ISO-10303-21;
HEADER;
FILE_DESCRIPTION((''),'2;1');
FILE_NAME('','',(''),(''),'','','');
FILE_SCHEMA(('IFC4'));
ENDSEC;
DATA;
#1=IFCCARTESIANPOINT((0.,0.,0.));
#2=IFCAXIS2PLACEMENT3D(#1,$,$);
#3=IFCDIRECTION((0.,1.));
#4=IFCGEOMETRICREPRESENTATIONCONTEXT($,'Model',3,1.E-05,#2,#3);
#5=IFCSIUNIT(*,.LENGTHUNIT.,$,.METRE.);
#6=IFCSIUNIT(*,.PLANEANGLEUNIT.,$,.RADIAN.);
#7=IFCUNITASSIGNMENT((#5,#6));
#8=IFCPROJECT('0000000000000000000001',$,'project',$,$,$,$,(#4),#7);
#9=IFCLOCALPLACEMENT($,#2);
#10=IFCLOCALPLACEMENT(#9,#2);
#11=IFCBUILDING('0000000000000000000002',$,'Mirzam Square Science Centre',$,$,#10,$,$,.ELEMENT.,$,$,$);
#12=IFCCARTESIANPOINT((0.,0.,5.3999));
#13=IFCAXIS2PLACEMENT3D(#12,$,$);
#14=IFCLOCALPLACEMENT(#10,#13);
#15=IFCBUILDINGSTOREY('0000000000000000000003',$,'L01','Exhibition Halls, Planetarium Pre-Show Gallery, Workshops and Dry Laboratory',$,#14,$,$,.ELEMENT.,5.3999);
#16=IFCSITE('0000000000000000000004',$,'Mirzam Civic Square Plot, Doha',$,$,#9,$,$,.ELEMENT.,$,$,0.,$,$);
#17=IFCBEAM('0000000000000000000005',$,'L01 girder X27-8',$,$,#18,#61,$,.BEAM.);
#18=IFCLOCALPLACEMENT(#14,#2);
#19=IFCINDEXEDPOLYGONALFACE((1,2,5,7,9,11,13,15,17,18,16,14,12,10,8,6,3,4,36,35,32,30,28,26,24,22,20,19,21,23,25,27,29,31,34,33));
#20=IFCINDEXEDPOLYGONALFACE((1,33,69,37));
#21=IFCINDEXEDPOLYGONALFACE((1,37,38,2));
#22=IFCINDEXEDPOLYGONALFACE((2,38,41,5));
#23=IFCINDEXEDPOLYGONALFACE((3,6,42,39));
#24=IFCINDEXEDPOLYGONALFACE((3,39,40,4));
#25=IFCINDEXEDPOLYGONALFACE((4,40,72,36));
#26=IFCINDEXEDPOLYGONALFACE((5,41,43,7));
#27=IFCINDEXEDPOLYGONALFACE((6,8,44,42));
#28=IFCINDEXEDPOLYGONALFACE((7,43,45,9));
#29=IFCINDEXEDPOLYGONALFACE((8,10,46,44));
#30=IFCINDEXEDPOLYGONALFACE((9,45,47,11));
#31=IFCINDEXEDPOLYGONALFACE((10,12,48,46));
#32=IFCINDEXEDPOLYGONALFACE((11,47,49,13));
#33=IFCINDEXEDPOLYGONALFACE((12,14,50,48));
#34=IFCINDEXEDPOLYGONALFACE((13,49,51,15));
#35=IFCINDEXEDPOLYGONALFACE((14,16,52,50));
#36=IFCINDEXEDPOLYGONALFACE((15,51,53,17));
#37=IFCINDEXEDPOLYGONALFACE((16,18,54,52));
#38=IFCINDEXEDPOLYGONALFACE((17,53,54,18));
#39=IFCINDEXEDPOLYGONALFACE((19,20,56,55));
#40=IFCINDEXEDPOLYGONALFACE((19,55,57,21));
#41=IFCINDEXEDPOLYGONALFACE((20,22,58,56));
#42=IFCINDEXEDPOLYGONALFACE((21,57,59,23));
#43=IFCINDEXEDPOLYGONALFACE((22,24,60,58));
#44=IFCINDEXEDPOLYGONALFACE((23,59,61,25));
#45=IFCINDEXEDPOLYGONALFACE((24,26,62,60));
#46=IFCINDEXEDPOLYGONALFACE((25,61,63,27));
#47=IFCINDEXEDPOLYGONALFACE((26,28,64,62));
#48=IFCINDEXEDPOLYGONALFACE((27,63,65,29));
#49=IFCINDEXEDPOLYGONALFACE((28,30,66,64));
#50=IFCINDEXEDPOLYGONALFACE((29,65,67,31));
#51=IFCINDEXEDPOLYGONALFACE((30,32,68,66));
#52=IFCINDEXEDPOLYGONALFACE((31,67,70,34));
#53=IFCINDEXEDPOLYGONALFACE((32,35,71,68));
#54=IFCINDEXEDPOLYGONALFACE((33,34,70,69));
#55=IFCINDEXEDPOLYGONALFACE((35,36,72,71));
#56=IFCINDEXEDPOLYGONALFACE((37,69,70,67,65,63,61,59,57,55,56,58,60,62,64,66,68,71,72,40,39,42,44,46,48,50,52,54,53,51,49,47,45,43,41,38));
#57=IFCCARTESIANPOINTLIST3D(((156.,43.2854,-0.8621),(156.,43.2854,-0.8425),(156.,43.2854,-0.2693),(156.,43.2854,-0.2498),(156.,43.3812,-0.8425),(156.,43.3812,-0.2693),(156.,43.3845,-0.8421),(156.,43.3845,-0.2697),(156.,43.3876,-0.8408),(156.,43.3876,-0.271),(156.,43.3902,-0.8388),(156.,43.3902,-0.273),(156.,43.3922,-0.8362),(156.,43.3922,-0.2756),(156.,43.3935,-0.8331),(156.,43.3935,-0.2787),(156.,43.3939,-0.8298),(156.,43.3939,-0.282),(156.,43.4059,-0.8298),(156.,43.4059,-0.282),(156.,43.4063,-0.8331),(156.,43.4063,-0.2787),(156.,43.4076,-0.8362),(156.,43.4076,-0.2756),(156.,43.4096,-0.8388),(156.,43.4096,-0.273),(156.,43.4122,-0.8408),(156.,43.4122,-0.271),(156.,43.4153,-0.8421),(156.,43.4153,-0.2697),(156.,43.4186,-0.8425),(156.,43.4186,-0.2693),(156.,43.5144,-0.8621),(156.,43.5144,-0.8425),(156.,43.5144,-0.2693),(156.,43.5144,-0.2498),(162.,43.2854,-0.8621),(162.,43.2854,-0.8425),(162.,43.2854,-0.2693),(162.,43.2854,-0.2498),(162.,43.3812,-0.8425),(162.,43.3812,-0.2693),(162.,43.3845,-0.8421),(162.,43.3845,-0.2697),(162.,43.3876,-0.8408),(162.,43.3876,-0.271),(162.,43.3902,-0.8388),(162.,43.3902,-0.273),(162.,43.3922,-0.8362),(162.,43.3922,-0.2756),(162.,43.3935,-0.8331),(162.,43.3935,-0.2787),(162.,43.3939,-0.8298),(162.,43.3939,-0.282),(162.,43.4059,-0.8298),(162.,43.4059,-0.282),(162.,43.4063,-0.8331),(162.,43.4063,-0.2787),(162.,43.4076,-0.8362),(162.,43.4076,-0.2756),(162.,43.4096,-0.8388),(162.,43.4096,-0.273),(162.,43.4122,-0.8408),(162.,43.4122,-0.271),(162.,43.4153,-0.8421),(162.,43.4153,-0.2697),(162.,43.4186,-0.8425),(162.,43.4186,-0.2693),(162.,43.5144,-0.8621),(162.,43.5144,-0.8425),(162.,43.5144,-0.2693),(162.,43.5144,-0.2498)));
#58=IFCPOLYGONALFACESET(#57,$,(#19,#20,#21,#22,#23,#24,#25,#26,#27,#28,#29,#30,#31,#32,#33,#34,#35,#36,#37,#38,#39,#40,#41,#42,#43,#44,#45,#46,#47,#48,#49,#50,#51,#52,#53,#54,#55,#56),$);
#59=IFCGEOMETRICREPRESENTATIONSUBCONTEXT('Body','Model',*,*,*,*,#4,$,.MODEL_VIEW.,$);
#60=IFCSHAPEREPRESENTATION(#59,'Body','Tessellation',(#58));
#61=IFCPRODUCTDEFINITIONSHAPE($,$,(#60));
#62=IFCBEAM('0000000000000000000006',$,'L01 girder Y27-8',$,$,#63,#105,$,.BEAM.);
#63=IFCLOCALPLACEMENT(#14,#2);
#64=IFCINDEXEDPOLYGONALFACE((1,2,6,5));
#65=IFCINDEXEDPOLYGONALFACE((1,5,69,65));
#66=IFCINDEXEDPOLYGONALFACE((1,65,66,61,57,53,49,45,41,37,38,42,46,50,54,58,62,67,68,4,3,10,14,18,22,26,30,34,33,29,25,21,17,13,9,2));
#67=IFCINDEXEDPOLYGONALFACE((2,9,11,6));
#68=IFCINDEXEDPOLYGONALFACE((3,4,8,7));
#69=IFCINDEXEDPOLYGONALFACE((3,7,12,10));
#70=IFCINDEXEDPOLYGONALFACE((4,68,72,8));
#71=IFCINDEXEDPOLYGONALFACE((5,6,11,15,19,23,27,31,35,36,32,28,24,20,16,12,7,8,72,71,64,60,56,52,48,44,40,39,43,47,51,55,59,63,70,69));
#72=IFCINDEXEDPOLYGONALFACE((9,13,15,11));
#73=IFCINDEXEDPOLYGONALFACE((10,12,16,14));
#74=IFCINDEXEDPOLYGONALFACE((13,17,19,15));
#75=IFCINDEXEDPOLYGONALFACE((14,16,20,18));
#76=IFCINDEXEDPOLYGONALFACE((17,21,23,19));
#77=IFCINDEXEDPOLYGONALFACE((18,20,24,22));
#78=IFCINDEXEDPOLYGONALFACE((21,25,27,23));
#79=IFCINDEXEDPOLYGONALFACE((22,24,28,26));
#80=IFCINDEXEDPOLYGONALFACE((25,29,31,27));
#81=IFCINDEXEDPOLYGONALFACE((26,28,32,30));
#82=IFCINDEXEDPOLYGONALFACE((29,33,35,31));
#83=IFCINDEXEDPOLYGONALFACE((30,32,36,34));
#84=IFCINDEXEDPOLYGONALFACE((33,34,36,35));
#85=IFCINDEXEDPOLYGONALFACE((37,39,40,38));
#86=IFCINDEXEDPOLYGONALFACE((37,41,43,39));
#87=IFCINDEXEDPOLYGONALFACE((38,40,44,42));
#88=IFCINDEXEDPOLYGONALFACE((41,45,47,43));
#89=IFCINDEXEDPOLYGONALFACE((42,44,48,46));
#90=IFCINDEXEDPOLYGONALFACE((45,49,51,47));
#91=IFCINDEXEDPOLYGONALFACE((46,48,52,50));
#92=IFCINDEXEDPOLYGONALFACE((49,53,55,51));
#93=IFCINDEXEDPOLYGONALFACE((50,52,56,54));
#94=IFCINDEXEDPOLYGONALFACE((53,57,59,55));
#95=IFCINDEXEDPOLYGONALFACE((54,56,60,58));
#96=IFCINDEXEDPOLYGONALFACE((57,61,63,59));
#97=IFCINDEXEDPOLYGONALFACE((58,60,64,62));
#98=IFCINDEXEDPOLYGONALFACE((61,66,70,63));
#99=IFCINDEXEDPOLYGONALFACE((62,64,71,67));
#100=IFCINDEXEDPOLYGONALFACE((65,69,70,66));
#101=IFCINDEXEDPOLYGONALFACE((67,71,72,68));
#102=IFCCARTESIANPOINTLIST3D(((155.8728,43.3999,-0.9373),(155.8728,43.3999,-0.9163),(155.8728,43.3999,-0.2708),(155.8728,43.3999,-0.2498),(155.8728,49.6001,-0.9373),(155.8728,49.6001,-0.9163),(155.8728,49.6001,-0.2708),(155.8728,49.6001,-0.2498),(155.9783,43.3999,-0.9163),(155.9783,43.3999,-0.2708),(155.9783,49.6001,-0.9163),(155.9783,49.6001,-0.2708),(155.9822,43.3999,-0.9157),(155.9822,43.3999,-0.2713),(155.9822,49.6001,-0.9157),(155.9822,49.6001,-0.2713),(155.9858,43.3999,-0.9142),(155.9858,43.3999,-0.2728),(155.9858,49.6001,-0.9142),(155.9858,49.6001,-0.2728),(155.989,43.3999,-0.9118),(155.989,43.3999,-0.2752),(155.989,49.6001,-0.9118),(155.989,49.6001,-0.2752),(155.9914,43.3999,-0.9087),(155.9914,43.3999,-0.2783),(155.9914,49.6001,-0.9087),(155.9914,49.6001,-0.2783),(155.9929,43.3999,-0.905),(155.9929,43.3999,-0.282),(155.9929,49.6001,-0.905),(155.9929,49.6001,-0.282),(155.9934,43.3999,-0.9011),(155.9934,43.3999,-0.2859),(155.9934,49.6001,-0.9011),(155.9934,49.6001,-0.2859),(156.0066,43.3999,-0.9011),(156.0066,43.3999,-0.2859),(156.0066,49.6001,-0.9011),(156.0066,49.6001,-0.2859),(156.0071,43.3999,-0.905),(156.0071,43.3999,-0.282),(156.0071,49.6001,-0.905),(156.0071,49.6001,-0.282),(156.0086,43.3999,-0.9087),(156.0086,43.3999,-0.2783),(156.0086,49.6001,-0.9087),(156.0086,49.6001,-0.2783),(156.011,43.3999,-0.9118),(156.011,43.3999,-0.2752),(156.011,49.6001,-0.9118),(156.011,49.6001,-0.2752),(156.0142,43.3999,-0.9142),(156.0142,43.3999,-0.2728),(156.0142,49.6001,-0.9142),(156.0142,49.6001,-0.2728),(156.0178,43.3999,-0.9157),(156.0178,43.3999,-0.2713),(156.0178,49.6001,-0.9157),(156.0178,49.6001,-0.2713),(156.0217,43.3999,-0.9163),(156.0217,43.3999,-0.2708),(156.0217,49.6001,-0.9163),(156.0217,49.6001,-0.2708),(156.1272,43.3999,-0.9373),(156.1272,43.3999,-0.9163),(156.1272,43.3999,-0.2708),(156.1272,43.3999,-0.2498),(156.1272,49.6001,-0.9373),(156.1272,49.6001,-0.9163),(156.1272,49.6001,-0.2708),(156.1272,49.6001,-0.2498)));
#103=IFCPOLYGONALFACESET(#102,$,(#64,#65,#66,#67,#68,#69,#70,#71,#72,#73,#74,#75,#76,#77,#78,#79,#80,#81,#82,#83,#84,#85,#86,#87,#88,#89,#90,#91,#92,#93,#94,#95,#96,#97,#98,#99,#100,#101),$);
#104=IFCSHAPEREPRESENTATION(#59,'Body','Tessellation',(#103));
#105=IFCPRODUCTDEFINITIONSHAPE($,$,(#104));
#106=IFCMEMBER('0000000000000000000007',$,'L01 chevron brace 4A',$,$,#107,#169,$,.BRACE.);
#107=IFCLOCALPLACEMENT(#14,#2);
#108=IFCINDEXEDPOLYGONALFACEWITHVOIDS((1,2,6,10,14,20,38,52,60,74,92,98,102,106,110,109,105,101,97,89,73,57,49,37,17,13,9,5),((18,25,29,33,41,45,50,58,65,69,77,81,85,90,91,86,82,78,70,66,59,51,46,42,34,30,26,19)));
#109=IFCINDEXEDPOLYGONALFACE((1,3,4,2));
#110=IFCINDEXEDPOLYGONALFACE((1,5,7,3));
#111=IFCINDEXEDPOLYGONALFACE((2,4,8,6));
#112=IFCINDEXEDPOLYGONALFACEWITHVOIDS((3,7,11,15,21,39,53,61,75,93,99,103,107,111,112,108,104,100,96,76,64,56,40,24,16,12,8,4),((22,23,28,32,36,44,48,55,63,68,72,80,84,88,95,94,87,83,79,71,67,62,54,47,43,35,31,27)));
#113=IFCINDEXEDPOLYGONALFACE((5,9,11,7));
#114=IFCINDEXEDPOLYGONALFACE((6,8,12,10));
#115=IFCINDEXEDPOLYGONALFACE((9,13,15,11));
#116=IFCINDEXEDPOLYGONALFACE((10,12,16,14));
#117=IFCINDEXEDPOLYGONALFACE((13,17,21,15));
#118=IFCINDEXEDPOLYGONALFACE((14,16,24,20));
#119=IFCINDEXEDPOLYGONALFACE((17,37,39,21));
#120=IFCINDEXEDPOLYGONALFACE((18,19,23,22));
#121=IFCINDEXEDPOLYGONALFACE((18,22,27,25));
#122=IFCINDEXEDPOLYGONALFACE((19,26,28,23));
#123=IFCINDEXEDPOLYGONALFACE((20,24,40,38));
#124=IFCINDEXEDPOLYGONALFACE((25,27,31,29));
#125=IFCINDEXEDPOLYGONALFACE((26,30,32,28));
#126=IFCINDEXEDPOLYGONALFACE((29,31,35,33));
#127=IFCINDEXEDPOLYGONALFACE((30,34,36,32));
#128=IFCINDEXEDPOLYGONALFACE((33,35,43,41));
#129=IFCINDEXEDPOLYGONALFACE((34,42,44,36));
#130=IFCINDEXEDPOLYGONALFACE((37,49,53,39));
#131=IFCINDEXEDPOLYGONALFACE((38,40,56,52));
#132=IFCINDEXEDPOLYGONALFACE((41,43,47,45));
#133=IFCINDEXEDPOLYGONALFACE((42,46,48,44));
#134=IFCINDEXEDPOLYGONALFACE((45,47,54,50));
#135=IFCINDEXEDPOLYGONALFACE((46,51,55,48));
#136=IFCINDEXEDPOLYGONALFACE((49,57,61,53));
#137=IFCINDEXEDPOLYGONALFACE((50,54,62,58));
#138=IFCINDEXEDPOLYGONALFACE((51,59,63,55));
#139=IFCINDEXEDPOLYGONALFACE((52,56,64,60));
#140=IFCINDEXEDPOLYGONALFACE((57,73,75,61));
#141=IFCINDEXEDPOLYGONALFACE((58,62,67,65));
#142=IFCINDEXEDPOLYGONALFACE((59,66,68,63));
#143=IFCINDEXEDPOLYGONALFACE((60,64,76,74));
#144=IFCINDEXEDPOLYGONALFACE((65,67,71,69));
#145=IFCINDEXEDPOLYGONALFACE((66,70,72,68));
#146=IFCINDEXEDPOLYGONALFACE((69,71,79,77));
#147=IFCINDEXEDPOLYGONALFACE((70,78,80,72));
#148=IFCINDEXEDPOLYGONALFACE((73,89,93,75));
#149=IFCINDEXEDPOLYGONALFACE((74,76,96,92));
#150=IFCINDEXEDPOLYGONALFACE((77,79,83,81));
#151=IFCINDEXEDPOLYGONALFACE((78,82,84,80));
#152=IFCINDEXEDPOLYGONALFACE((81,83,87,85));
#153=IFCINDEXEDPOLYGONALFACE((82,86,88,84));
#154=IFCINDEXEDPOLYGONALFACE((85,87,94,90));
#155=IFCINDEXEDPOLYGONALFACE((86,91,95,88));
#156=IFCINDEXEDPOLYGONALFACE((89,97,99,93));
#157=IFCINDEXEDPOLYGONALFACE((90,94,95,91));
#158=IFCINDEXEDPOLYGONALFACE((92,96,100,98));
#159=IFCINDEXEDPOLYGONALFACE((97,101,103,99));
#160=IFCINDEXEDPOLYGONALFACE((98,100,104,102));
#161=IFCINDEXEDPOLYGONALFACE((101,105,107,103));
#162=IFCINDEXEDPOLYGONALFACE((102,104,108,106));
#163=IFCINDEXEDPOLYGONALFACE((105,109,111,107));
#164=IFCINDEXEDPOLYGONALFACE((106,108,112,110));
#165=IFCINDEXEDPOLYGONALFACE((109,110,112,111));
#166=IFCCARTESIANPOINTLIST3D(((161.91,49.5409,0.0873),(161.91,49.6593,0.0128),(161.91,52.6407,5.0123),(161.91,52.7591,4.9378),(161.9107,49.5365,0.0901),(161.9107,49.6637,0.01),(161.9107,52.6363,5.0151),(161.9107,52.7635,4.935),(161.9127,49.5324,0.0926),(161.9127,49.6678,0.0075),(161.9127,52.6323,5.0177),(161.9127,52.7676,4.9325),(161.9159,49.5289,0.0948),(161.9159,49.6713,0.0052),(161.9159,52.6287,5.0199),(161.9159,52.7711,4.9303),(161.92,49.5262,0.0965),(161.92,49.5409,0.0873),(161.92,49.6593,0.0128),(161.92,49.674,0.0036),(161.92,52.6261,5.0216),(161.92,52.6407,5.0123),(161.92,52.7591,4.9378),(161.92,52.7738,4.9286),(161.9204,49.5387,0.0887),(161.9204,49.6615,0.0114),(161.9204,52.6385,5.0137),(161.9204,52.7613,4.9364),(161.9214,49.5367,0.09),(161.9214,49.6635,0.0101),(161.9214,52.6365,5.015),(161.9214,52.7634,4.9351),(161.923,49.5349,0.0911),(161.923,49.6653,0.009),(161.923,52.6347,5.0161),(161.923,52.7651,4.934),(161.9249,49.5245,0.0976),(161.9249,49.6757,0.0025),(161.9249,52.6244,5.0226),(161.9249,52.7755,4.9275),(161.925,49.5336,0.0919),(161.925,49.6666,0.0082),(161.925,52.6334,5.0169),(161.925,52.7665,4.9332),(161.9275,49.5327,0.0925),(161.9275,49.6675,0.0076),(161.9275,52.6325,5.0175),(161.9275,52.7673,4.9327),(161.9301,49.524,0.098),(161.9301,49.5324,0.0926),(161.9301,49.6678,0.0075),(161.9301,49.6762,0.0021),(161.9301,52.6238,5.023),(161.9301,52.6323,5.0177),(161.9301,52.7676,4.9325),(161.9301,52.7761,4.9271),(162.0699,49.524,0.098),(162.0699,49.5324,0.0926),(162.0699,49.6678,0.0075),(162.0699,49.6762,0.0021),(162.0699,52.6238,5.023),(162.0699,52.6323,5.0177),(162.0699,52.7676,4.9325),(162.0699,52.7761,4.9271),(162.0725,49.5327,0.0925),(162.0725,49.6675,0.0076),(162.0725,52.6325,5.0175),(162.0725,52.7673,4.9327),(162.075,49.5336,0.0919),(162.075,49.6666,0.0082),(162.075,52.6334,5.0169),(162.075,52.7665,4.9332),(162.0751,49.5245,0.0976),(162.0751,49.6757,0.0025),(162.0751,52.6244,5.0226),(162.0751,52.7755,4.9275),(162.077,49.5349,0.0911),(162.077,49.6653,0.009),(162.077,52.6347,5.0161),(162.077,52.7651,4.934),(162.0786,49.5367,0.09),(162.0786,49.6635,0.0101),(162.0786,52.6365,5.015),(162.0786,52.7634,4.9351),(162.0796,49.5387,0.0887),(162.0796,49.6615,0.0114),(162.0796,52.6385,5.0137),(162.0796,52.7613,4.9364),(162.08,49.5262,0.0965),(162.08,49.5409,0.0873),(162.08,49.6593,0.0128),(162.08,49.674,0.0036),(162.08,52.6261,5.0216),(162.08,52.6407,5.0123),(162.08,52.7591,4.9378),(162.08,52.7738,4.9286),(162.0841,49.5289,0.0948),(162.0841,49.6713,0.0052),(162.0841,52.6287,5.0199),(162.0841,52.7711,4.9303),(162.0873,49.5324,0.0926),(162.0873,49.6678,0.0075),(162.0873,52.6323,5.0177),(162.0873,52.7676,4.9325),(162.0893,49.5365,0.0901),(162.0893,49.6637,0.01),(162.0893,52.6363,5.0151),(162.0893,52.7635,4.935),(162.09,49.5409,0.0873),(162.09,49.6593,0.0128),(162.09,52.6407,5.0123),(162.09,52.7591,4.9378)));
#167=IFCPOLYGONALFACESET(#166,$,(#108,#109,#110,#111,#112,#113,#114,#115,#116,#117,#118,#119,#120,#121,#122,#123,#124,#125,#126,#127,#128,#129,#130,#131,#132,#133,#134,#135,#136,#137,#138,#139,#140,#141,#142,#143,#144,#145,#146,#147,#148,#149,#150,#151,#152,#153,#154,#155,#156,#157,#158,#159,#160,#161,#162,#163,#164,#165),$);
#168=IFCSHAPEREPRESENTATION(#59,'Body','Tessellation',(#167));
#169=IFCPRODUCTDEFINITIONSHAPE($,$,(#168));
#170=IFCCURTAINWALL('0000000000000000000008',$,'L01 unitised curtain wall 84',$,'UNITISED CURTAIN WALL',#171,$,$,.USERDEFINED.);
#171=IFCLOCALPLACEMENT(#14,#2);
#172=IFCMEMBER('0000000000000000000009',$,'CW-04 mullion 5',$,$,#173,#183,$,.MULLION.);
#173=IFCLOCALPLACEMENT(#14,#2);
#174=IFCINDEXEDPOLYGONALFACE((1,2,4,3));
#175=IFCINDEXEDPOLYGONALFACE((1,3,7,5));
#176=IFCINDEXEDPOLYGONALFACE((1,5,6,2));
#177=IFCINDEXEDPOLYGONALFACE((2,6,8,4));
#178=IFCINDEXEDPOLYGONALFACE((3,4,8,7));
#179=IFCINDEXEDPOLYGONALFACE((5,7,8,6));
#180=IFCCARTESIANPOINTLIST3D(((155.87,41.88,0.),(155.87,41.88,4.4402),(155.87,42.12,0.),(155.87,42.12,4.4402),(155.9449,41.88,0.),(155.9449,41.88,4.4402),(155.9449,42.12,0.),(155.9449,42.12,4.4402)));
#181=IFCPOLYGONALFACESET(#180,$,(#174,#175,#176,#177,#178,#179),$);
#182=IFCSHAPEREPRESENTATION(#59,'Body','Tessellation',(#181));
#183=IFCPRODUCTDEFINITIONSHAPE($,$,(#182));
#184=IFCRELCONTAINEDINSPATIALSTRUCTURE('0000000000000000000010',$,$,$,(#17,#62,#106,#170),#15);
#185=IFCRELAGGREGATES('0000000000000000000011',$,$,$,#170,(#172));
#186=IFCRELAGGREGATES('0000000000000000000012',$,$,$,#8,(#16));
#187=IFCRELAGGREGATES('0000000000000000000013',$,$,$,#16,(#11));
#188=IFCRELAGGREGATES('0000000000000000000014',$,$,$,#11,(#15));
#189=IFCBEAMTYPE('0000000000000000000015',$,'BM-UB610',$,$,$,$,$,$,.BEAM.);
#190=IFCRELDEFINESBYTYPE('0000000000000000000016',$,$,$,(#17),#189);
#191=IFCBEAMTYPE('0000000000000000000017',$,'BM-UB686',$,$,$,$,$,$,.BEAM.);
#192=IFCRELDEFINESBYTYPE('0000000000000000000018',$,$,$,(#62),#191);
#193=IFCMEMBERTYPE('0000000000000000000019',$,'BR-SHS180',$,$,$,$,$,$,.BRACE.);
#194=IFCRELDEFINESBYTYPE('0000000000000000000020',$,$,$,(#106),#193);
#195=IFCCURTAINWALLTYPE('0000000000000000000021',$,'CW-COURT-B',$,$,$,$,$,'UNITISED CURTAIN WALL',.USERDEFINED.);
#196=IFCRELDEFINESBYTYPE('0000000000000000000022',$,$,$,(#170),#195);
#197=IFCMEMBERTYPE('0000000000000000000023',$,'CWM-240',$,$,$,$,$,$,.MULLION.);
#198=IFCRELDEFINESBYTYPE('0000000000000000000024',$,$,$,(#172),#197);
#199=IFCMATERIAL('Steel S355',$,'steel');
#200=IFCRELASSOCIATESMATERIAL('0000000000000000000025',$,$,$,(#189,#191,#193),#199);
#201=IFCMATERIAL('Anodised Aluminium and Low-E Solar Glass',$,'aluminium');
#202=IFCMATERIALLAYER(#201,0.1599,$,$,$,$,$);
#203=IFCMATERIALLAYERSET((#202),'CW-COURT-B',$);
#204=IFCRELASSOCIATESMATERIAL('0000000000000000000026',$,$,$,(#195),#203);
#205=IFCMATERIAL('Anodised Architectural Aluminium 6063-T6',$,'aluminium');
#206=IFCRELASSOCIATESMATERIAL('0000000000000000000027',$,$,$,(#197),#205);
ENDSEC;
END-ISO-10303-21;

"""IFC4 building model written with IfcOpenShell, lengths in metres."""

from ifc_helpers import new_model, si_unit, direction, frame, origin, origin_2d, place, context, subcontext, project, spatial, rectangle, hollow_rectangle, i_section, extrude, material, layer, layer_set, material_profile, profile_set, type_object, element, aggregate, save


model = new_model("IFC4")

# Units and contexts
model_context = context("Model", 3, precision=1e-05, world=origin(), true_north=direction((0.0, 1.0)))
body_context = subcontext(model_context, "Body", "Model", "MODEL_VIEW")
ifc_project = project(units=[si_unit("LENGTHUNIT", "METRE"), si_unit("PLANEANGLEUNIT", "RADIAN")], contexts=[model_context])

# Site, building, storey
site_placement = place(None, origin())
site = spatial("IfcSite", under=ifc_project, at=site_placement, Name="Mirzam Civic Square Plot, Doha", CompositionType="ELEMENT", RefElevation=0.0)
building_placement = place(site_placement, origin())
building = spatial("IfcBuilding", under=site, at=building_placement, Name="Mirzam Square Science Centre", CompositionType="ELEMENT")
storey_placement = place(building_placement, frame((0.0, 0.0, 5.3999)))
storey = spatial("IfcBuildingStorey", under=building, at=storey_placement, Name="L01", Description="Exhibition Halls, Planetarium Pre-Show Gallery, Workshops and Dry Laboratory", CompositionType="ELEMENT", Elevation=5.3999)

# Shared definitions
ifc_material_1 = material(Name="Steel S355", Category="steel")

# Beams
ifc_material_profile_1 = material_profile(ifc_material_1, i_section(OverallWidth=0.229, OverallDepth=0.6123, WebThickness=0.012, FlangeThickness=0.0195, FilletRadius=0.0127, at=origin_2d()), Name="610x229x125UB")
ifc_profile_set_1 = profile_set([ifc_material_profile_1], Name="Steel S355")
beam_type_1 = type_object("IfcBeamType", Name="BM-UB610", PredefinedType="BEAM", material=ifc_profile_set_1)
beam_1_placement = place(storey_placement, frame((156.0, 43.3999, -0.5559), z_axis=(1.0, 0.0, 0.0), x_axis=(0.0, 1.0, 0.0)))
element("IfcBeam", 1, at=beam_1_placement, inside=storey, type_object=beam_type_1, Name="L01 girder X27-8", PredefinedType="BEAM", context=body_context, shape_type="SweptSolid", body=[
    extrude(i_section(OverallWidth=0.229, OverallDepth=0.6123, WebThickness=0.012, FlangeThickness=0.0195, FilletRadius=0.0127, at=origin_2d()), origin(), (0.0, 0.0, 1.0), 6.0),
])
ifc_material_profile_2 = material_profile(ifc_material_1, i_section(OverallWidth=0.2544, OverallDepth=0.6875, WebThickness=0.0132, FlangeThickness=0.021, FilletRadius=0.0151, at=origin_2d()), Name="686x254x152UB")
ifc_profile_set_2 = profile_set([ifc_material_profile_2], Name="Steel S355")
beam_type_2 = type_object("IfcBeamType", Name="BM-UB686", PredefinedType="BEAM", material=ifc_profile_set_2)
beam_2_placement = place(storey_placement, frame((156.0, 43.3999, -0.5935), z_axis=(0.0, 1.0, 0.0), x_axis=(-1.0, 0.0, 0.0)))
element("IfcBeam", 2, at=beam_2_placement, inside=storey, type_object=beam_type_2, Name="L01 girder Y27-8", PredefinedType="BEAM", context=body_context, shape_type="SweptSolid", body=[
    extrude(i_section(OverallWidth=0.2544, OverallDepth=0.6875, WebThickness=0.0132, FlangeThickness=0.021, FilletRadius=0.0151, at=origin_2d()), origin(), (0.0, 0.0, 1.0), 6.2002),
])

# Member
ifc_material_profile_3 = material_profile(ifc_material_1, hollow_rectangle(XDim=0.1799, YDim=0.1799, WallThickness=0.01, InnerFilletRadius=0.01, OuterFilletRadius=0.02, at=origin_2d()), Name="180x180x10.0SHS")
ifc_profile_set_3 = profile_set([ifc_material_profile_3], Name="Steel S355")
member_type_1 = type_object("IfcMemberType", Name="BR-SHS180", PredefinedType="BRACE", material=ifc_profile_set_3)
member_1_placement = place(storey_placement, frame((162.0, 49.6001, 0.05), z_axis=(0.0, 0.532678, 0.846318), x_axis=(-1.0, 0.0, 0.0)))
element("IfcMember", 3, at=member_1_placement, inside=storey, type_object=member_type_1, Name="L01 chevron brace 4A", PredefinedType="BRACE", context=body_context, shape_type="SweptSolid", body=[
    extrude(hollow_rectangle(XDim=0.1799, YDim=0.1799, WallThickness=0.01, InnerFilletRadius=0.01, OuterFilletRadius=0.02, at=origin_2d()), origin(), (0.0, 0.0, 1.0), 5.8193),
])

# Curtain wall, member
ifc_material_2 = material(Name="Anodised Aluminium and Low-E Solar Glass", Category="aluminium")
ifc_layer_1 = layer(ifc_material_2, 0.1599)
ifc_layer_set_1 = layer_set([ifc_layer_1], Name="CW-COURT-B")
curtain_wall_type = type_object("IfcCurtainWallType", Name="CW-COURT-B", ElementType="UNITISED CURTAIN WALL", PredefinedType="USERDEFINED", material=ifc_layer_set_1)
curtain_wall_placement = place(storey_placement, origin())
curtain_wall = element("IfcCurtainWall", 4, at=curtain_wall_placement, inside=storey, type_object=curtain_wall_type, Name="L01 unitised curtain wall 84", ObjectType="UNITISED CURTAIN WALL", PredefinedType="USERDEFINED")
ifc_material_3 = material(Name="Anodised Architectural Aluminium 6063-T6", Category="aluminium")
ifc_material_profile_4 = material_profile(ifc_material_3, rectangle(XDim=0.075, YDim=0.24, at=origin_2d()), Name="ALU-MULL-240x75x5")
ifc_profile_set_4 = profile_set([ifc_material_profile_4], Name="Anodised Architectural Aluminium 6063-T6")
member_type_2 = type_object("IfcMemberType", Name="CWM-240", PredefinedType="MULLION", material=ifc_profile_set_4)
member_2_placement = place(storey_placement, frame((155.9075, 42.0, 0.0), z_axis=(0.0, 0.0, 1.0), x_axis=(1.0, 0.0, 0.0)))
member_2 = element("IfcMember", 5, at=member_2_placement, type_object=member_type_2, Name="CW-04 mullion 5", PredefinedType="MULLION", context=body_context, shape_type="SweptSolid", body=[
    extrude(rectangle(XDim=0.075, YDim=0.24, at=origin_2d()), origin(), (0.0, 0.0, 1.0), 4.4402),
])

aggregate(curtain_wall, [member_2])

save(model, "model.ifc")
